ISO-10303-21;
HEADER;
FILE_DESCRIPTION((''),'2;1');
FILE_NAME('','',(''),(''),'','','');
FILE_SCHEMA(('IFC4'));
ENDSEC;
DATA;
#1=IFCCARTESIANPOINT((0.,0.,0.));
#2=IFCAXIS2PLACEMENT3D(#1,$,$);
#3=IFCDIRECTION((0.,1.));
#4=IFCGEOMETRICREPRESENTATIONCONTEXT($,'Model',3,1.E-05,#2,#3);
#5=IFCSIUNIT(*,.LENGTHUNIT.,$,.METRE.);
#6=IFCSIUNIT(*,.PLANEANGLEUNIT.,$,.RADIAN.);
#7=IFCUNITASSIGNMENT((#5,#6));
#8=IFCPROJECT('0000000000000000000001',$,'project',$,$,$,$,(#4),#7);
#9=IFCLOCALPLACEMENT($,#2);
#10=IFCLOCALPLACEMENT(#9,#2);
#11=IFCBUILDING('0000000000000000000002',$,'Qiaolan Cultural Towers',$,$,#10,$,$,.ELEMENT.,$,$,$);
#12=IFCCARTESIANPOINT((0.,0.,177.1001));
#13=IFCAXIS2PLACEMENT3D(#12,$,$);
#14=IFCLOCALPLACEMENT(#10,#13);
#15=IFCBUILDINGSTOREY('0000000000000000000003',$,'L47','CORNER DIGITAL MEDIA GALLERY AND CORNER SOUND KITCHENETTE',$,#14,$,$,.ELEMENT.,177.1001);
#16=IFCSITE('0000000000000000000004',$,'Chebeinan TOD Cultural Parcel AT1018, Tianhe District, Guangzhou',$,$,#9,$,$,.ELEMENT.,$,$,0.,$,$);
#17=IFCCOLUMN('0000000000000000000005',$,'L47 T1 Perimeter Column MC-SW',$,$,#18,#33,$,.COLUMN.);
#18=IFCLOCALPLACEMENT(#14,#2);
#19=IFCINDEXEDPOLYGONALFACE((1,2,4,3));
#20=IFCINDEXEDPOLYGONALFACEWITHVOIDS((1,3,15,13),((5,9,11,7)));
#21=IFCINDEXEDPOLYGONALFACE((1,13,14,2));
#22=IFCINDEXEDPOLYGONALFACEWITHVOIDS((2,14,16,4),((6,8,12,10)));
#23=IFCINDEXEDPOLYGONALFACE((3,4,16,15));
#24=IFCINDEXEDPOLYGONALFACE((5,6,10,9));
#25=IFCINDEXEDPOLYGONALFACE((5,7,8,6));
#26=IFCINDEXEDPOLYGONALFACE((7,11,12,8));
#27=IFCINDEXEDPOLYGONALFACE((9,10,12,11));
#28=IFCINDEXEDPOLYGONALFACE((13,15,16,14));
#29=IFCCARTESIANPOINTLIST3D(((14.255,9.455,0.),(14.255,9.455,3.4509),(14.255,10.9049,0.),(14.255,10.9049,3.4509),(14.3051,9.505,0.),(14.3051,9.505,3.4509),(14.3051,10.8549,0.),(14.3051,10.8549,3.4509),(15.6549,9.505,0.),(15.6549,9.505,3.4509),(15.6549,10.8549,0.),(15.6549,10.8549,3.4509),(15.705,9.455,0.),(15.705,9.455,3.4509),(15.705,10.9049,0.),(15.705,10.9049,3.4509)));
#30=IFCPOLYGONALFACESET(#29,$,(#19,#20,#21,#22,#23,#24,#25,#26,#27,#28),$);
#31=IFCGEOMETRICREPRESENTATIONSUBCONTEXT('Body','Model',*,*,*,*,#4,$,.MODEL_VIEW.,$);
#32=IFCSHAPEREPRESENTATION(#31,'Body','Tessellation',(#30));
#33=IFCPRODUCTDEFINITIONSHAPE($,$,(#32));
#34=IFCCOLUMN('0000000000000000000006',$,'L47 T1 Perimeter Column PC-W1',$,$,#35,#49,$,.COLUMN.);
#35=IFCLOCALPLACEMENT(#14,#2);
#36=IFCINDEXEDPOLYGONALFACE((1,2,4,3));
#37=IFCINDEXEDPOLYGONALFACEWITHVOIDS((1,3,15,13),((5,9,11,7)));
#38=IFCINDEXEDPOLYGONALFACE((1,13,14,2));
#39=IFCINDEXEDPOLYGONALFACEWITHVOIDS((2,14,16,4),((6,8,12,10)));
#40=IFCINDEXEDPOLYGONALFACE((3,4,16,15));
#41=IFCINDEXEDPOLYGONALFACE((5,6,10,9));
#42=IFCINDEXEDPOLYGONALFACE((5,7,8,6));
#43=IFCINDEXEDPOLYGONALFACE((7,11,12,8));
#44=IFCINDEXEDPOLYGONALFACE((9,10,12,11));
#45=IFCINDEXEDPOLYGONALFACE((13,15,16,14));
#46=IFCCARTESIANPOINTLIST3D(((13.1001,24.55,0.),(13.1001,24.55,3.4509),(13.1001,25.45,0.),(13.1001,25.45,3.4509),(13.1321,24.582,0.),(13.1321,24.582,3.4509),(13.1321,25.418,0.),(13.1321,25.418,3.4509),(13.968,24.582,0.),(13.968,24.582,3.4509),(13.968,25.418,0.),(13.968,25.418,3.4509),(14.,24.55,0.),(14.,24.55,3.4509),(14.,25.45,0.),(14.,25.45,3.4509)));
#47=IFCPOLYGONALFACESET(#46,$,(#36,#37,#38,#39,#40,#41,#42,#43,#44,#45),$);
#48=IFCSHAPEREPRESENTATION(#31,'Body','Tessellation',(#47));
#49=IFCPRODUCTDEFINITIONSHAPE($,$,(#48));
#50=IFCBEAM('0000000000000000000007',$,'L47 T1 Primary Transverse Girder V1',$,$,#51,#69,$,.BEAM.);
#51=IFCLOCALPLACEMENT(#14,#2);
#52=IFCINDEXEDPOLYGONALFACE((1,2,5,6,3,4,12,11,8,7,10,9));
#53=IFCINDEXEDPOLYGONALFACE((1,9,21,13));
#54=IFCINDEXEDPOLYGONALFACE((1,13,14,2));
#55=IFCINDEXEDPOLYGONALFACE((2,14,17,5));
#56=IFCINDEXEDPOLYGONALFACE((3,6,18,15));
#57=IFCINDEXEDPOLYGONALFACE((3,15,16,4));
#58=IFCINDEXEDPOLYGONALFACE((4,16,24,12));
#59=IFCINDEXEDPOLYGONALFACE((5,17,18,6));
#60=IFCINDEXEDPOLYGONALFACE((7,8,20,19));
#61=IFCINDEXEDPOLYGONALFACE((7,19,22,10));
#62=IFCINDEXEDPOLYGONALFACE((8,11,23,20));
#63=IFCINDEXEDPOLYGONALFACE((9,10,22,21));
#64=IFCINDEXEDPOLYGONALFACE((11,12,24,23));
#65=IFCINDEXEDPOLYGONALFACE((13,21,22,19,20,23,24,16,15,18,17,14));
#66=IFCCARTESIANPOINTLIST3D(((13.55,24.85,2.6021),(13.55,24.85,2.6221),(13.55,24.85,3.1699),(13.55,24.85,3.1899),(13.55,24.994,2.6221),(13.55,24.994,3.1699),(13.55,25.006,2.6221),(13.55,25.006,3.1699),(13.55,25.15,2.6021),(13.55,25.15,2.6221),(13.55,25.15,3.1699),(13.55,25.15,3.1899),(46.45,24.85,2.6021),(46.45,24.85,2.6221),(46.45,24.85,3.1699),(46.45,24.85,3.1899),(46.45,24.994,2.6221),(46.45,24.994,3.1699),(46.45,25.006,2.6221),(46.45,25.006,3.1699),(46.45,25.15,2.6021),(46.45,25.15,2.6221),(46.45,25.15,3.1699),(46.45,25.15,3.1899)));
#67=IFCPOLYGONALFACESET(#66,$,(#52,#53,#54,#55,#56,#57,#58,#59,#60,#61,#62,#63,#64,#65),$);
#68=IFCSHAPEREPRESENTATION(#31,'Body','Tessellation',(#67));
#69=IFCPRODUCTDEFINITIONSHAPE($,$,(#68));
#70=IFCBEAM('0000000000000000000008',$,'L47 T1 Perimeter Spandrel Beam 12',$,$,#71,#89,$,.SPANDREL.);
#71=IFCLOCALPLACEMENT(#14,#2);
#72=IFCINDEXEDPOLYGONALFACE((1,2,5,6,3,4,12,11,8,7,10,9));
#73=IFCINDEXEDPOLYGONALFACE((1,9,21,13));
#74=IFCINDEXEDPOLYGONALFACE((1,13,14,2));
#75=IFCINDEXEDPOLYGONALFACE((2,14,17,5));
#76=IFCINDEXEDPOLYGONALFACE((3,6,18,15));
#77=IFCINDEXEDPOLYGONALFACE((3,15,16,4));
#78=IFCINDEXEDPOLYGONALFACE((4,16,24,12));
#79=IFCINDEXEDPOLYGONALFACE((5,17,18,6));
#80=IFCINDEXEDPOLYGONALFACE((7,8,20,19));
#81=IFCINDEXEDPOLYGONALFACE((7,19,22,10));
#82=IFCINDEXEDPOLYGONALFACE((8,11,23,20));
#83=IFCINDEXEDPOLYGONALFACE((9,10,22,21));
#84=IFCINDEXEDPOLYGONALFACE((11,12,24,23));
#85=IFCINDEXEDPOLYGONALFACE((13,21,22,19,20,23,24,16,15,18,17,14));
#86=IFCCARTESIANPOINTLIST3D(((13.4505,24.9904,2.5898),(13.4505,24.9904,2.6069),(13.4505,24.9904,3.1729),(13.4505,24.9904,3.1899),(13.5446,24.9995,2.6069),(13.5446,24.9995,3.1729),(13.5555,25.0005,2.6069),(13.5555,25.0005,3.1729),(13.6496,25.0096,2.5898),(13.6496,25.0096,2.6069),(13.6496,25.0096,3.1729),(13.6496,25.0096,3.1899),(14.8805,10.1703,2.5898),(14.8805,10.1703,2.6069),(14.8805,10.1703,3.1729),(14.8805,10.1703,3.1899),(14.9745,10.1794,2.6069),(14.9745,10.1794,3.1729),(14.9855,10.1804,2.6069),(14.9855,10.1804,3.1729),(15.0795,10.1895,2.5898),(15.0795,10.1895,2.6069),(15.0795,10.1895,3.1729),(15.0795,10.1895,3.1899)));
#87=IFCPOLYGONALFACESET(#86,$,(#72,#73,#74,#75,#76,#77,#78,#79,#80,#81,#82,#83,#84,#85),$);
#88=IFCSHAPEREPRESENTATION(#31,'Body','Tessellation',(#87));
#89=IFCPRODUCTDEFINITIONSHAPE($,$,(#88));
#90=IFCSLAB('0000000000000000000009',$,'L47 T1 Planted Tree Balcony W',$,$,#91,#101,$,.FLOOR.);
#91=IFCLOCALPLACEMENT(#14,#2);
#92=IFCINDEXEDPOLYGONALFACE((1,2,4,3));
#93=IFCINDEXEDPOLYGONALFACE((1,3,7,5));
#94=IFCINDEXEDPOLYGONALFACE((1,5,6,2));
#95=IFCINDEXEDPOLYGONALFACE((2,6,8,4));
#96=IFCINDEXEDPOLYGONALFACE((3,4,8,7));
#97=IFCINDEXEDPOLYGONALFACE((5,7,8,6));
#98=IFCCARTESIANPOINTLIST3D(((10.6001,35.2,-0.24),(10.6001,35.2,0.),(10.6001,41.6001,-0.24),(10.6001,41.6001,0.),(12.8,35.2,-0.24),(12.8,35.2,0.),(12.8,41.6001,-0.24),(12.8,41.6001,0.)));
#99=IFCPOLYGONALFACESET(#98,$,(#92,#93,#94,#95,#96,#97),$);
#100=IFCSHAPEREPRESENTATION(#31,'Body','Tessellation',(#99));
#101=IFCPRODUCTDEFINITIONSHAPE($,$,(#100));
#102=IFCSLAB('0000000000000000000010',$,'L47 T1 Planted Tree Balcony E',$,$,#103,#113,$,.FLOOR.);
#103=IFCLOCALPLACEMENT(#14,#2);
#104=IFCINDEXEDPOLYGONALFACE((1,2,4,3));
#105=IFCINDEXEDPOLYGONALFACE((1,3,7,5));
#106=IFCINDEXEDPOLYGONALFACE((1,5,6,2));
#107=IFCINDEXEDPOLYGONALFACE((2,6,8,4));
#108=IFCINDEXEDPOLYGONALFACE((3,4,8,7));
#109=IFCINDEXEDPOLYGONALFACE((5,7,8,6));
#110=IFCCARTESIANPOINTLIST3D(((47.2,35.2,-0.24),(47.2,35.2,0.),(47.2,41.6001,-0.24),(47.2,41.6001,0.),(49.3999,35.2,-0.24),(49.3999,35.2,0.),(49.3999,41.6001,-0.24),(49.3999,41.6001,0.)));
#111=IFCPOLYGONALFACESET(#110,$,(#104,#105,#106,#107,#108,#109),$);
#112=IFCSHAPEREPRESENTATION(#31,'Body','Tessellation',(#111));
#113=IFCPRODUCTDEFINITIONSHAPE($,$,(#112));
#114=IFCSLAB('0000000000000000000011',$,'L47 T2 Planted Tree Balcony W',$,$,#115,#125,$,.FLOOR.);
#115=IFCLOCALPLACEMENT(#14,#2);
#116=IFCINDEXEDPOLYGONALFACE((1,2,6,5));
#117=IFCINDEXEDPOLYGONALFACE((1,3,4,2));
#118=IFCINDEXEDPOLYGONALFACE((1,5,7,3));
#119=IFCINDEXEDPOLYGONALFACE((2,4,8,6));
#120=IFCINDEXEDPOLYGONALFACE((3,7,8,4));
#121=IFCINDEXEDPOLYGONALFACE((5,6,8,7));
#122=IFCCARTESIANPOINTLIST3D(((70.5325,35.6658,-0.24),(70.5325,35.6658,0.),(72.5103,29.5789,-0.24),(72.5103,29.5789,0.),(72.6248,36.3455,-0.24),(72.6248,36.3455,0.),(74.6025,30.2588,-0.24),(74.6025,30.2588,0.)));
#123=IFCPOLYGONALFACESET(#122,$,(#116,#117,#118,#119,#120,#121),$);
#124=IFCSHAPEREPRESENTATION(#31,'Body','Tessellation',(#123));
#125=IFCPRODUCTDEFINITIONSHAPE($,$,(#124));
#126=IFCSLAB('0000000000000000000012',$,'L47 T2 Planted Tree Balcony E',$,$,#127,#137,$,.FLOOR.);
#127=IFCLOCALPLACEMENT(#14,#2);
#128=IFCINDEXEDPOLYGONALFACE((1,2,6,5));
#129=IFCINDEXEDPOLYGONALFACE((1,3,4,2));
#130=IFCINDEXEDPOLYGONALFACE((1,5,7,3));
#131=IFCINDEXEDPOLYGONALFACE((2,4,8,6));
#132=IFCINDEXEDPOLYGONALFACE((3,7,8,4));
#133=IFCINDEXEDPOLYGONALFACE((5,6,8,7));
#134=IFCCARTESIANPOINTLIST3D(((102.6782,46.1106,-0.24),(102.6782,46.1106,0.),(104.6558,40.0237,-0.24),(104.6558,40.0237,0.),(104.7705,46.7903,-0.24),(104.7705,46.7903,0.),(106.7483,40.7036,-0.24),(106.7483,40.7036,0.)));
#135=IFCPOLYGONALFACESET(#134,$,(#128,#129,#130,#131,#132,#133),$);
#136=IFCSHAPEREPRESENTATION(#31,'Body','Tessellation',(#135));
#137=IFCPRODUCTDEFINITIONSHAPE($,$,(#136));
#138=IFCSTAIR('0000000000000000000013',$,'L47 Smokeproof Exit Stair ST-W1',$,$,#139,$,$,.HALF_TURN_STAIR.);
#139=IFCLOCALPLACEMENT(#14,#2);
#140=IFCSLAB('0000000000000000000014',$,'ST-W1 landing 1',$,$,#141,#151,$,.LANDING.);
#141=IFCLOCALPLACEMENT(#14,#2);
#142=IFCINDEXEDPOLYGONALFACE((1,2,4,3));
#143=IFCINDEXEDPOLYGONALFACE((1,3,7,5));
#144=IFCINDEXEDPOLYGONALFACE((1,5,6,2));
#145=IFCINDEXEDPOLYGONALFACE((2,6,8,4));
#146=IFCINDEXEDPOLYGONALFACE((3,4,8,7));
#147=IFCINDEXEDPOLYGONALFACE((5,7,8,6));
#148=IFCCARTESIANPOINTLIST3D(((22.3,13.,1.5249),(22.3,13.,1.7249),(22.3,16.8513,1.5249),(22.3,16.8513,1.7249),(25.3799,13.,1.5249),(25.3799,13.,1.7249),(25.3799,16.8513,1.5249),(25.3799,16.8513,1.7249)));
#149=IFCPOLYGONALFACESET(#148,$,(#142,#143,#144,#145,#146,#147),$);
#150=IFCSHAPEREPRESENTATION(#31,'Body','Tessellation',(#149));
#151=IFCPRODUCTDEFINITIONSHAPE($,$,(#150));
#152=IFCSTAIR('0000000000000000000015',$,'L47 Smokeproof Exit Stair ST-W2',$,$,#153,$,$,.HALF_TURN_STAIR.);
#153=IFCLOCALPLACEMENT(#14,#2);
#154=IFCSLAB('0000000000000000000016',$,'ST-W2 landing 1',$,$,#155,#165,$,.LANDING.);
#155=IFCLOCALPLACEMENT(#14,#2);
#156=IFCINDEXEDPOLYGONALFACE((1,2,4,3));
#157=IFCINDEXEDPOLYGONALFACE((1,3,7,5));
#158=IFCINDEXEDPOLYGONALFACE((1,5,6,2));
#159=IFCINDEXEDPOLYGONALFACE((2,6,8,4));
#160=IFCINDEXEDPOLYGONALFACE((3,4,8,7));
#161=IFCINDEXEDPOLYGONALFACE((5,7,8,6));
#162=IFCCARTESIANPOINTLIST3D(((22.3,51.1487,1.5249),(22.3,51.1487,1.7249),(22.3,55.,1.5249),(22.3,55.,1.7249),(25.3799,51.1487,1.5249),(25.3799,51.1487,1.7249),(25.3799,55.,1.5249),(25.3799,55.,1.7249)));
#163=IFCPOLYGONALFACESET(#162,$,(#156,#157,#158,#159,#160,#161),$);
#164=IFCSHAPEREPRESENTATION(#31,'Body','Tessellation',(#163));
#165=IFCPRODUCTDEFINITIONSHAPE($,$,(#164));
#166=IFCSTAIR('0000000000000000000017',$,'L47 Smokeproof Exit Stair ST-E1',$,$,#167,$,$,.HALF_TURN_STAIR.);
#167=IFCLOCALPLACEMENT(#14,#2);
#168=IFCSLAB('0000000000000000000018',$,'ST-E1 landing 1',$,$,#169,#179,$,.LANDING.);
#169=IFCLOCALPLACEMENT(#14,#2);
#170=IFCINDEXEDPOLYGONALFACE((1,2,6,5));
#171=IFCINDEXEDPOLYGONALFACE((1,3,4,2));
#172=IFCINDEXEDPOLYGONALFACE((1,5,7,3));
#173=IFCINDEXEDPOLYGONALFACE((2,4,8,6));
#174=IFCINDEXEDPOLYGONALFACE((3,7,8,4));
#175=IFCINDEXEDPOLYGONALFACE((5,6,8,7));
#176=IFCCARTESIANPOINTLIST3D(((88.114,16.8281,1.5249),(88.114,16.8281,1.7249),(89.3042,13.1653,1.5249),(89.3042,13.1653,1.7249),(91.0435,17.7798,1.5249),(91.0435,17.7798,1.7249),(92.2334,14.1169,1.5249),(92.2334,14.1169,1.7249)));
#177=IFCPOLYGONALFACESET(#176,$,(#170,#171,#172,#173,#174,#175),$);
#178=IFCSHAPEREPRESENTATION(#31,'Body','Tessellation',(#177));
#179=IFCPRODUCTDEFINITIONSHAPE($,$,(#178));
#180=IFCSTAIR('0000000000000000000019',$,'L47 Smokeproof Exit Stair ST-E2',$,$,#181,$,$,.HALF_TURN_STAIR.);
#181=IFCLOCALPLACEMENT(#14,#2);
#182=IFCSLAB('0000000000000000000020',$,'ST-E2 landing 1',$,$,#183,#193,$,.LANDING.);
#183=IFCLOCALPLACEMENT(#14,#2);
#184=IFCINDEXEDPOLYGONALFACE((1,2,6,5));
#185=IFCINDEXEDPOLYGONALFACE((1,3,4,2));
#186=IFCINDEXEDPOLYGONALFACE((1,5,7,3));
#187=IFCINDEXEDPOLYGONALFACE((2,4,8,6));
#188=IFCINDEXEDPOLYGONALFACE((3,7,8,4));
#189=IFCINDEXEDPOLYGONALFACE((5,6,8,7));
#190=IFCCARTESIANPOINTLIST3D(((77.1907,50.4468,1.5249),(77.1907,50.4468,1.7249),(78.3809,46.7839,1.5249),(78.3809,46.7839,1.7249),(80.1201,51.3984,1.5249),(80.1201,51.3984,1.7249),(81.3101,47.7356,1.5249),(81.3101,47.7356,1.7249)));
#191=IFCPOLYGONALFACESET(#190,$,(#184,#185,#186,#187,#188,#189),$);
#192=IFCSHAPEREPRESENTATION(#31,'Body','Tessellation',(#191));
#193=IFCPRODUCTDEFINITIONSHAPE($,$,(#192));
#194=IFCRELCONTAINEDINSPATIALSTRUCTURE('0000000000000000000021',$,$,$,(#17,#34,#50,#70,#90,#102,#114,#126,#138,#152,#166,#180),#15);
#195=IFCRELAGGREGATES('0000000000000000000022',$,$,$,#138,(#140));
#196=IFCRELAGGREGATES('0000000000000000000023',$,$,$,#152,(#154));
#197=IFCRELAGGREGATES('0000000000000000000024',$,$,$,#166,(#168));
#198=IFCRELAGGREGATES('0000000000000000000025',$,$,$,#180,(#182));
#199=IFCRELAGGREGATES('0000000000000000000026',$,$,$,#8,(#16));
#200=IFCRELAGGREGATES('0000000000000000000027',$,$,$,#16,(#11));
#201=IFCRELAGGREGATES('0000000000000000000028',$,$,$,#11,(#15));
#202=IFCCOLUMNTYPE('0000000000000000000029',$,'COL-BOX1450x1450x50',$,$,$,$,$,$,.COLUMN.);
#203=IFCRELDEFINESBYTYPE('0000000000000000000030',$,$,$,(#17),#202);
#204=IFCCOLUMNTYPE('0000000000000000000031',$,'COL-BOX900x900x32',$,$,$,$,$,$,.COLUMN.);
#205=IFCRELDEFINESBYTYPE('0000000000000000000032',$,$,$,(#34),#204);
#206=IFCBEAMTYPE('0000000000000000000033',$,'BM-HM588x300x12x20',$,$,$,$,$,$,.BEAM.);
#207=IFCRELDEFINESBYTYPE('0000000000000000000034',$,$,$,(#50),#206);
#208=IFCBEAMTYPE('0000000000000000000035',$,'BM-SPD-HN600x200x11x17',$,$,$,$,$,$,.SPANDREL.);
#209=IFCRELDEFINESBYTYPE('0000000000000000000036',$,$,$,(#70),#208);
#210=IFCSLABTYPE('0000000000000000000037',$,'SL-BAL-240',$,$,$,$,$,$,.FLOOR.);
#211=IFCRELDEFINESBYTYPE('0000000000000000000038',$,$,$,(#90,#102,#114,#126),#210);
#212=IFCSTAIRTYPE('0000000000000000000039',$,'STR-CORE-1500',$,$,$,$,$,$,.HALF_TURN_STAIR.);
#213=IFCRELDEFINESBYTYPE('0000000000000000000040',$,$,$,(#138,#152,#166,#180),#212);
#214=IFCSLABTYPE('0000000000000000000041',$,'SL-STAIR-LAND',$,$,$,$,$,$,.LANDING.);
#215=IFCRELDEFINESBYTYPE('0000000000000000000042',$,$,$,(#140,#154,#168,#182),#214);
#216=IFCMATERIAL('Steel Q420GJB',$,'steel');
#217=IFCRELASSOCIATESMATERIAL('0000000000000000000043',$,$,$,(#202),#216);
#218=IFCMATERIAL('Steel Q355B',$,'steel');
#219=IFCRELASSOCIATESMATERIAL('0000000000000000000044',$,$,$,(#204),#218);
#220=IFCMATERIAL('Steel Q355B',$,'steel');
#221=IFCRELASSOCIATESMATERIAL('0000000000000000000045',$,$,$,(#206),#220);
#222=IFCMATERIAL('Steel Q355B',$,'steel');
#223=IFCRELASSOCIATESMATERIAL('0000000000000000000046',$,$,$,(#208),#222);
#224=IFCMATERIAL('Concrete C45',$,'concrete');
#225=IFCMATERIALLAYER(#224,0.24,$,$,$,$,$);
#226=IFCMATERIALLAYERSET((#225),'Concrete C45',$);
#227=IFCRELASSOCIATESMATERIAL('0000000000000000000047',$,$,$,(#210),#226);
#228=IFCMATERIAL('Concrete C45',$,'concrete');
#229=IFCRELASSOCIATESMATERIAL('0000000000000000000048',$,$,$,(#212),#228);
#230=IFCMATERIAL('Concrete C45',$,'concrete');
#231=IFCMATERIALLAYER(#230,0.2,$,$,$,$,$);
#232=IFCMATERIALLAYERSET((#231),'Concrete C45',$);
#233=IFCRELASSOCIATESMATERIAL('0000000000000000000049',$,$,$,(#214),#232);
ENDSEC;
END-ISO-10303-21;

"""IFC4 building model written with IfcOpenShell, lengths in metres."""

from ifc_helpers import new_model, si_unit, direction, frame, origin, origin_2d, place, context, subcontext, project, spatial, polyline, hollow_rectangle, i_section, outline, extrude, material, layer, layer_set, material_profile, profile_set, type_object, element, aggregate, save


model = new_model("IFC4")

# Units and contexts
model_context = context("Model", 3, precision=1e-05, world=origin(), true_north=direction((0.0, 1.0)))
body_context = subcontext(model_context, "Body", "Model", "MODEL_VIEW")
ifc_project = project(units=[si_unit("LENGTHUNIT", "METRE"), si_unit("PLANEANGLEUNIT", "RADIAN")], contexts=[model_context])

# Site, building, storey
site_placement = place(None, origin())
site = spatial("IfcSite", under=ifc_project, at=site_placement, Name="Chebeinan TOD Cultural Parcel AT1018, Tianhe District, Guangzhou", CompositionType="ELEMENT", RefElevation=0.0)
building_placement = place(site_placement, origin())
building = spatial("IfcBuilding", under=site, at=building_placement, Name="Qiaolan Cultural Towers", CompositionType="ELEMENT")
storey_placement = place(building_placement, frame((0.0, 0.0, 177.1001)))
storey = spatial("IfcBuildingStorey", under=building, at=storey_placement, Name="L47", Description="CORNER DIGITAL MEDIA GALLERY AND CORNER SOUND KITCHENETTE", CompositionType="ELEMENT", Elevation=177.1001)

# Columns
ifc_material_1 = material(Name="Steel Q420GJB", Category="steel")
ifc_material_profile_1 = material_profile(ifc_material_1, hollow_rectangle(XDim=1.45, YDim=1.45, WallThickness=0.05, at=origin_2d()), Name="BOX1450x1450x50")
ifc_profile_set_1 = profile_set([ifc_material_profile_1], Name="Steel Q420GJB")
column_type_1 = type_object("IfcColumnType", Name="COL-BOX1450x1450x50", PredefinedType="COLUMN", material=ifc_profile_set_1)
column_1_placement = place(storey_placement, frame((14.98, 10.1799, 0.0), z_axis=(0.0, 0.0, 1.0), x_axis=(1.0, 0.0, 0.0)))
element("IfcColumn", 1, at=column_1_placement, inside=storey, type_object=column_type_1, Name="L47 T1 Perimeter Column MC-SW", PredefinedType="COLUMN", context=body_context, shape_type="SweptSolid", body=[
    extrude(hollow_rectangle(XDim=1.45, YDim=1.45, WallThickness=0.05, at=origin_2d()), origin(), (0.0, 0.0, 1.0), 3.4509),
])
ifc_material_2 = material(Name="Steel Q355B", Category="steel")
ifc_material_profile_2 = material_profile(ifc_material_2, hollow_rectangle(XDim=0.8999, YDim=0.8999, WallThickness=0.032, at=origin_2d()), Name="BOX900x900x32")
ifc_profile_set_2 = profile_set([ifc_material_profile_2], Name="Steel Q355B")
column_type_2 = type_object("IfcColumnType", Name="COL-BOX900x900x32", PredefinedType="COLUMN", material=ifc_profile_set_2)
column_2_placement = place(storey_placement, frame((13.55, 25.0, 0.0), z_axis=(0.0, 0.0, 1.0), x_axis=(1.0, 0.0, 0.0)))
element("IfcColumn", 2, at=column_2_placement, inside=storey, type_object=column_type_2, Name="L47 T1 Perimeter Column PC-W1", PredefinedType="COLUMN", context=body_context, shape_type="SweptSolid", body=[
    extrude(hollow_rectangle(XDim=0.8999, YDim=0.8999, WallThickness=0.032, at=origin_2d()), origin(), (0.0, 0.0, 1.0), 3.4509),
])

# Beams
ifc_material_3 = material(Name="Steel Q355B", Category="steel")
ifc_material_profile_3 = material_profile(ifc_material_3, i_section(OverallWidth=0.3, OverallDepth=0.5879, WebThickness=0.012, FlangeThickness=0.02, at=origin_2d()), Name="HM588x300x12x20")
ifc_profile_set_3 = profile_set([ifc_material_profile_3], Name="Steel Q355B")
beam_type_1 = type_object("IfcBeamType", Name="BM-HM588x300x12x20", PredefinedType="BEAM", material=ifc_profile_set_3)
beam_1_placement = place(storey_placement, frame((13.55, 25.0, 2.896), z_axis=(1.0, 0.0, 0.0), x_axis=(0.0, 1.0, 0.0)))
element("IfcBeam", 3, at=beam_1_placement, inside=storey, type_object=beam_type_1, Name="L47 T1 Primary Transverse Girder V1", PredefinedType="BEAM", context=body_context, shape_type="SweptSolid", body=[
    extrude(i_section(OverallWidth=0.3, OverallDepth=0.5879, WebThickness=0.012, FlangeThickness=0.02, at=origin_2d()), origin(), (0.0, 0.0, 1.0), 32.8999),
])
ifc_material_4 = material(Name="Steel Q355B", Category="steel")
ifc_material_profile_4 = material_profile(ifc_material_4, i_section(OverallWidth=0.2, OverallDepth=0.6001, WebThickness=0.011, FlangeThickness=0.0171, at=origin_2d()), Name="HN600x200x11x17")
ifc_profile_set_4 = profile_set([ifc_material_profile_4], Name="Steel Q355B")
beam_type_2 = type_object("IfcBeamType", Name="BM-SPD-HN600x200x11x17", PredefinedType="SPANDREL", material=ifc_profile_set_4)
beam_2_placement = place(storey_placement, frame((13.55, 25.0, 2.8899), z_axis=(0.09604, -0.995377, 0.0), x_axis=(0.995377, 0.09604, 0.0)))
element("IfcBeam", 4, at=beam_2_placement, inside=storey, type_object=beam_type_2, Name="L47 T1 Perimeter Spandrel Beam 12", PredefinedType="SPANDREL", context=body_context, shape_type="SweptSolid", body=[
    extrude(i_section(OverallWidth=0.2, OverallDepth=0.6001, WebThickness=0.011, FlangeThickness=0.0171, at=origin_2d()), origin(), (0.0, 0.0, 1.0), 14.8889),
])

# Slabs
ifc_material_5 = material(Name="Concrete C45", Category="concrete")
ifc_layer_1 = layer(ifc_material_5, 0.24)
ifc_layer_set_1 = layer_set([ifc_layer_1], Name="Concrete C45")
slab_type_1 = type_object("IfcSlabType", Name="SL-BAL-240", PredefinedType="FLOOR", material=ifc_layer_set_1)
slab_1_placement = place(storey_placement, frame((0.0, 0.0, -0.24)))
element("IfcSlab", 5, at=slab_1_placement, inside=storey, type_object=slab_type_1, Name="L47 T1 Planted Tree Balcony W", PredefinedType="FLOOR", context=body_context, shape_type="SweptSolid", body=[
    extrude(outline(polyline([(10.6001, 35.2), (12.8, 35.2), (12.8, 41.6001), (10.6001, 41.6001), (10.6001, 35.2)])), origin(), (0.0, 0.0, 1.0), 0.24),
])
slab_2_placement = place(storey_placement, frame((0.0, 0.0, -0.24)))
element("IfcSlab", 6, at=slab_2_placement, inside=storey, type_object=slab_type_1, Name="L47 T1 Planted Tree Balcony E", PredefinedType="FLOOR", context=body_context, shape_type="SweptSolid", body=[
    extrude(outline(polyline([(47.2, 35.2), (49.3999, 35.2), (49.3999, 41.6001), (47.2, 41.6001), (47.2, 35.2)])), origin(), (0.0, 0.0, 1.0), 0.24),
])
slab_3_placement = place(storey_placement, frame((0.0, 0.0, -0.24)))
element("IfcSlab", 7, at=slab_3_placement, inside=storey, type_object=slab_type_1, Name="L47 T2 Planted Tree Balcony W", PredefinedType="FLOOR", context=body_context, shape_type="SweptSolid", body=[
    extrude(outline(polyline([(72.5103, 29.5789), (74.6025, 30.2588), (72.6248, 36.3455), (70.5325, 35.6658), (72.5103, 29.5789)])), origin(), (0.0, 0.0, 1.0), 0.24),
])
slab_4_placement = place(storey_placement, frame((0.0, 0.0, -0.24)))
element("IfcSlab", 8, at=slab_4_placement, inside=storey, type_object=slab_type_1, Name="L47 T2 Planted Tree Balcony E", PredefinedType="FLOOR", context=body_context, shape_type="SweptSolid", body=[
    extrude(outline(polyline([(104.6558, 40.0237), (106.7483, 40.7036), (104.7705, 46.7903), (102.6782, 46.1106), (104.6558, 40.0237)])), origin(), (0.0, 0.0, 1.0), 0.24),
])

# Stairs, slabs
ifc_material_6 = material(Name="Concrete C45", Category="concrete")
stair_type = type_object("IfcStairType", Name="STR-CORE-1500", PredefinedType="HALF_TURN_STAIR", material=ifc_material_6)
stair_1_placement = place(storey_placement, origin())
stair_1 = element("IfcStair", 9, at=stair_1_placement, inside=storey, type_object=stair_type, Name="L47 Smokeproof Exit Stair ST-W1", PredefinedType="HALF_TURN_STAIR")
ifc_material_7 = material(Name="Concrete C45", Category="concrete")
ifc_layer_2 = layer(ifc_material_7, 0.2)
ifc_layer_set_2 = layer_set([ifc_layer_2], Name="Concrete C45")
slab_type_2 = type_object("IfcSlabType", Name="SL-STAIR-LAND", PredefinedType="LANDING", material=ifc_layer_set_2)
slab_5_placement = place(storey_placement, frame((0.0, 0.0, 1.5249)))
slab_5 = element("IfcSlab", 10, at=slab_5_placement, type_object=slab_type_2, Name="ST-W1 landing 1", PredefinedType="LANDING", context=body_context, shape_type="SweptSolid", body=[
    extrude(outline(polyline([(22.3, 16.8513), (22.3, 13.0), (25.3799, 13.0), (25.3799, 16.8513), (22.3, 16.8513)])), origin(), (0.0, 0.0, 1.0), 0.2),
])
aggregate(stair_1, [slab_5])
stair_2_placement = place(storey_placement, origin())
stair_2 = element("IfcStair", 11, at=stair_2_placement, inside=storey, type_object=stair_type, Name="L47 Smokeproof Exit Stair ST-W2", PredefinedType="HALF_TURN_STAIR")
slab_6_placement = place(storey_placement, frame((0.0, 0.0, 1.5249)))
slab_6 = element("IfcSlab", 12, at=slab_6_placement, type_object=slab_type_2, Name="ST-W2 landing 1", PredefinedType="LANDING", context=body_context, shape_type="SweptSolid", body=[
    extrude(outline(polyline([(25.3799, 51.1487), (25.3799, 55.0), (22.3, 55.0), (22.3, 51.1487), (25.3799, 51.1487)])), origin(), (0.0, 0.0, 1.0), 0.2),
])
aggregate(stair_2, [slab_6])
stair_3_placement = place(storey_placement, origin())
stair_3 = element("IfcStair", 13, at=stair_3_placement, inside=storey, type_object=stair_type, Name="L47 Smokeproof Exit Stair ST-E1", PredefinedType="HALF_TURN_STAIR")
slab_7_placement = place(storey_placement, frame((0.0, 0.0, 1.5249)))
slab_7 = element("IfcSlab", 14, at=slab_7_placement, type_object=slab_type_2, Name="ST-E1 landing 1", PredefinedType="LANDING", context=body_context, shape_type="SweptSolid", body=[
    extrude(outline(polyline([(88.114, 16.8281), (89.3042, 13.1653), (92.2334, 14.1169), (91.0435, 17.7798), (88.114, 16.8281)])), origin(), (0.0, 0.0, 1.0), 0.2),
])
aggregate(stair_3, [slab_7])
stair_4_placement = place(storey_placement, origin())
stair_4 = element("IfcStair", 15, at=stair_4_placement, inside=storey, type_object=stair_type, Name="L47 Smokeproof Exit Stair ST-E2", PredefinedType="HALF_TURN_STAIR")
slab_8_placement = place(storey_placement, frame((0.0, 0.0, 1.5249)))
slab_8 = element("IfcSlab", 16, at=slab_8_placement, type_object=slab_type_2, Name="ST-E2 landing 1", PredefinedType="LANDING", context=body_context, shape_type="SweptSolid", body=[
    extrude(outline(polyline([(81.3101, 47.7356), (80.1201, 51.3984), (77.1907, 50.4468), (78.3809, 46.7839), (81.3101, 47.7356)])), origin(), (0.0, 0.0, 1.0), 0.2),
])
aggregate(stair_4, [slab_8])

save(model, "model.ifc")
